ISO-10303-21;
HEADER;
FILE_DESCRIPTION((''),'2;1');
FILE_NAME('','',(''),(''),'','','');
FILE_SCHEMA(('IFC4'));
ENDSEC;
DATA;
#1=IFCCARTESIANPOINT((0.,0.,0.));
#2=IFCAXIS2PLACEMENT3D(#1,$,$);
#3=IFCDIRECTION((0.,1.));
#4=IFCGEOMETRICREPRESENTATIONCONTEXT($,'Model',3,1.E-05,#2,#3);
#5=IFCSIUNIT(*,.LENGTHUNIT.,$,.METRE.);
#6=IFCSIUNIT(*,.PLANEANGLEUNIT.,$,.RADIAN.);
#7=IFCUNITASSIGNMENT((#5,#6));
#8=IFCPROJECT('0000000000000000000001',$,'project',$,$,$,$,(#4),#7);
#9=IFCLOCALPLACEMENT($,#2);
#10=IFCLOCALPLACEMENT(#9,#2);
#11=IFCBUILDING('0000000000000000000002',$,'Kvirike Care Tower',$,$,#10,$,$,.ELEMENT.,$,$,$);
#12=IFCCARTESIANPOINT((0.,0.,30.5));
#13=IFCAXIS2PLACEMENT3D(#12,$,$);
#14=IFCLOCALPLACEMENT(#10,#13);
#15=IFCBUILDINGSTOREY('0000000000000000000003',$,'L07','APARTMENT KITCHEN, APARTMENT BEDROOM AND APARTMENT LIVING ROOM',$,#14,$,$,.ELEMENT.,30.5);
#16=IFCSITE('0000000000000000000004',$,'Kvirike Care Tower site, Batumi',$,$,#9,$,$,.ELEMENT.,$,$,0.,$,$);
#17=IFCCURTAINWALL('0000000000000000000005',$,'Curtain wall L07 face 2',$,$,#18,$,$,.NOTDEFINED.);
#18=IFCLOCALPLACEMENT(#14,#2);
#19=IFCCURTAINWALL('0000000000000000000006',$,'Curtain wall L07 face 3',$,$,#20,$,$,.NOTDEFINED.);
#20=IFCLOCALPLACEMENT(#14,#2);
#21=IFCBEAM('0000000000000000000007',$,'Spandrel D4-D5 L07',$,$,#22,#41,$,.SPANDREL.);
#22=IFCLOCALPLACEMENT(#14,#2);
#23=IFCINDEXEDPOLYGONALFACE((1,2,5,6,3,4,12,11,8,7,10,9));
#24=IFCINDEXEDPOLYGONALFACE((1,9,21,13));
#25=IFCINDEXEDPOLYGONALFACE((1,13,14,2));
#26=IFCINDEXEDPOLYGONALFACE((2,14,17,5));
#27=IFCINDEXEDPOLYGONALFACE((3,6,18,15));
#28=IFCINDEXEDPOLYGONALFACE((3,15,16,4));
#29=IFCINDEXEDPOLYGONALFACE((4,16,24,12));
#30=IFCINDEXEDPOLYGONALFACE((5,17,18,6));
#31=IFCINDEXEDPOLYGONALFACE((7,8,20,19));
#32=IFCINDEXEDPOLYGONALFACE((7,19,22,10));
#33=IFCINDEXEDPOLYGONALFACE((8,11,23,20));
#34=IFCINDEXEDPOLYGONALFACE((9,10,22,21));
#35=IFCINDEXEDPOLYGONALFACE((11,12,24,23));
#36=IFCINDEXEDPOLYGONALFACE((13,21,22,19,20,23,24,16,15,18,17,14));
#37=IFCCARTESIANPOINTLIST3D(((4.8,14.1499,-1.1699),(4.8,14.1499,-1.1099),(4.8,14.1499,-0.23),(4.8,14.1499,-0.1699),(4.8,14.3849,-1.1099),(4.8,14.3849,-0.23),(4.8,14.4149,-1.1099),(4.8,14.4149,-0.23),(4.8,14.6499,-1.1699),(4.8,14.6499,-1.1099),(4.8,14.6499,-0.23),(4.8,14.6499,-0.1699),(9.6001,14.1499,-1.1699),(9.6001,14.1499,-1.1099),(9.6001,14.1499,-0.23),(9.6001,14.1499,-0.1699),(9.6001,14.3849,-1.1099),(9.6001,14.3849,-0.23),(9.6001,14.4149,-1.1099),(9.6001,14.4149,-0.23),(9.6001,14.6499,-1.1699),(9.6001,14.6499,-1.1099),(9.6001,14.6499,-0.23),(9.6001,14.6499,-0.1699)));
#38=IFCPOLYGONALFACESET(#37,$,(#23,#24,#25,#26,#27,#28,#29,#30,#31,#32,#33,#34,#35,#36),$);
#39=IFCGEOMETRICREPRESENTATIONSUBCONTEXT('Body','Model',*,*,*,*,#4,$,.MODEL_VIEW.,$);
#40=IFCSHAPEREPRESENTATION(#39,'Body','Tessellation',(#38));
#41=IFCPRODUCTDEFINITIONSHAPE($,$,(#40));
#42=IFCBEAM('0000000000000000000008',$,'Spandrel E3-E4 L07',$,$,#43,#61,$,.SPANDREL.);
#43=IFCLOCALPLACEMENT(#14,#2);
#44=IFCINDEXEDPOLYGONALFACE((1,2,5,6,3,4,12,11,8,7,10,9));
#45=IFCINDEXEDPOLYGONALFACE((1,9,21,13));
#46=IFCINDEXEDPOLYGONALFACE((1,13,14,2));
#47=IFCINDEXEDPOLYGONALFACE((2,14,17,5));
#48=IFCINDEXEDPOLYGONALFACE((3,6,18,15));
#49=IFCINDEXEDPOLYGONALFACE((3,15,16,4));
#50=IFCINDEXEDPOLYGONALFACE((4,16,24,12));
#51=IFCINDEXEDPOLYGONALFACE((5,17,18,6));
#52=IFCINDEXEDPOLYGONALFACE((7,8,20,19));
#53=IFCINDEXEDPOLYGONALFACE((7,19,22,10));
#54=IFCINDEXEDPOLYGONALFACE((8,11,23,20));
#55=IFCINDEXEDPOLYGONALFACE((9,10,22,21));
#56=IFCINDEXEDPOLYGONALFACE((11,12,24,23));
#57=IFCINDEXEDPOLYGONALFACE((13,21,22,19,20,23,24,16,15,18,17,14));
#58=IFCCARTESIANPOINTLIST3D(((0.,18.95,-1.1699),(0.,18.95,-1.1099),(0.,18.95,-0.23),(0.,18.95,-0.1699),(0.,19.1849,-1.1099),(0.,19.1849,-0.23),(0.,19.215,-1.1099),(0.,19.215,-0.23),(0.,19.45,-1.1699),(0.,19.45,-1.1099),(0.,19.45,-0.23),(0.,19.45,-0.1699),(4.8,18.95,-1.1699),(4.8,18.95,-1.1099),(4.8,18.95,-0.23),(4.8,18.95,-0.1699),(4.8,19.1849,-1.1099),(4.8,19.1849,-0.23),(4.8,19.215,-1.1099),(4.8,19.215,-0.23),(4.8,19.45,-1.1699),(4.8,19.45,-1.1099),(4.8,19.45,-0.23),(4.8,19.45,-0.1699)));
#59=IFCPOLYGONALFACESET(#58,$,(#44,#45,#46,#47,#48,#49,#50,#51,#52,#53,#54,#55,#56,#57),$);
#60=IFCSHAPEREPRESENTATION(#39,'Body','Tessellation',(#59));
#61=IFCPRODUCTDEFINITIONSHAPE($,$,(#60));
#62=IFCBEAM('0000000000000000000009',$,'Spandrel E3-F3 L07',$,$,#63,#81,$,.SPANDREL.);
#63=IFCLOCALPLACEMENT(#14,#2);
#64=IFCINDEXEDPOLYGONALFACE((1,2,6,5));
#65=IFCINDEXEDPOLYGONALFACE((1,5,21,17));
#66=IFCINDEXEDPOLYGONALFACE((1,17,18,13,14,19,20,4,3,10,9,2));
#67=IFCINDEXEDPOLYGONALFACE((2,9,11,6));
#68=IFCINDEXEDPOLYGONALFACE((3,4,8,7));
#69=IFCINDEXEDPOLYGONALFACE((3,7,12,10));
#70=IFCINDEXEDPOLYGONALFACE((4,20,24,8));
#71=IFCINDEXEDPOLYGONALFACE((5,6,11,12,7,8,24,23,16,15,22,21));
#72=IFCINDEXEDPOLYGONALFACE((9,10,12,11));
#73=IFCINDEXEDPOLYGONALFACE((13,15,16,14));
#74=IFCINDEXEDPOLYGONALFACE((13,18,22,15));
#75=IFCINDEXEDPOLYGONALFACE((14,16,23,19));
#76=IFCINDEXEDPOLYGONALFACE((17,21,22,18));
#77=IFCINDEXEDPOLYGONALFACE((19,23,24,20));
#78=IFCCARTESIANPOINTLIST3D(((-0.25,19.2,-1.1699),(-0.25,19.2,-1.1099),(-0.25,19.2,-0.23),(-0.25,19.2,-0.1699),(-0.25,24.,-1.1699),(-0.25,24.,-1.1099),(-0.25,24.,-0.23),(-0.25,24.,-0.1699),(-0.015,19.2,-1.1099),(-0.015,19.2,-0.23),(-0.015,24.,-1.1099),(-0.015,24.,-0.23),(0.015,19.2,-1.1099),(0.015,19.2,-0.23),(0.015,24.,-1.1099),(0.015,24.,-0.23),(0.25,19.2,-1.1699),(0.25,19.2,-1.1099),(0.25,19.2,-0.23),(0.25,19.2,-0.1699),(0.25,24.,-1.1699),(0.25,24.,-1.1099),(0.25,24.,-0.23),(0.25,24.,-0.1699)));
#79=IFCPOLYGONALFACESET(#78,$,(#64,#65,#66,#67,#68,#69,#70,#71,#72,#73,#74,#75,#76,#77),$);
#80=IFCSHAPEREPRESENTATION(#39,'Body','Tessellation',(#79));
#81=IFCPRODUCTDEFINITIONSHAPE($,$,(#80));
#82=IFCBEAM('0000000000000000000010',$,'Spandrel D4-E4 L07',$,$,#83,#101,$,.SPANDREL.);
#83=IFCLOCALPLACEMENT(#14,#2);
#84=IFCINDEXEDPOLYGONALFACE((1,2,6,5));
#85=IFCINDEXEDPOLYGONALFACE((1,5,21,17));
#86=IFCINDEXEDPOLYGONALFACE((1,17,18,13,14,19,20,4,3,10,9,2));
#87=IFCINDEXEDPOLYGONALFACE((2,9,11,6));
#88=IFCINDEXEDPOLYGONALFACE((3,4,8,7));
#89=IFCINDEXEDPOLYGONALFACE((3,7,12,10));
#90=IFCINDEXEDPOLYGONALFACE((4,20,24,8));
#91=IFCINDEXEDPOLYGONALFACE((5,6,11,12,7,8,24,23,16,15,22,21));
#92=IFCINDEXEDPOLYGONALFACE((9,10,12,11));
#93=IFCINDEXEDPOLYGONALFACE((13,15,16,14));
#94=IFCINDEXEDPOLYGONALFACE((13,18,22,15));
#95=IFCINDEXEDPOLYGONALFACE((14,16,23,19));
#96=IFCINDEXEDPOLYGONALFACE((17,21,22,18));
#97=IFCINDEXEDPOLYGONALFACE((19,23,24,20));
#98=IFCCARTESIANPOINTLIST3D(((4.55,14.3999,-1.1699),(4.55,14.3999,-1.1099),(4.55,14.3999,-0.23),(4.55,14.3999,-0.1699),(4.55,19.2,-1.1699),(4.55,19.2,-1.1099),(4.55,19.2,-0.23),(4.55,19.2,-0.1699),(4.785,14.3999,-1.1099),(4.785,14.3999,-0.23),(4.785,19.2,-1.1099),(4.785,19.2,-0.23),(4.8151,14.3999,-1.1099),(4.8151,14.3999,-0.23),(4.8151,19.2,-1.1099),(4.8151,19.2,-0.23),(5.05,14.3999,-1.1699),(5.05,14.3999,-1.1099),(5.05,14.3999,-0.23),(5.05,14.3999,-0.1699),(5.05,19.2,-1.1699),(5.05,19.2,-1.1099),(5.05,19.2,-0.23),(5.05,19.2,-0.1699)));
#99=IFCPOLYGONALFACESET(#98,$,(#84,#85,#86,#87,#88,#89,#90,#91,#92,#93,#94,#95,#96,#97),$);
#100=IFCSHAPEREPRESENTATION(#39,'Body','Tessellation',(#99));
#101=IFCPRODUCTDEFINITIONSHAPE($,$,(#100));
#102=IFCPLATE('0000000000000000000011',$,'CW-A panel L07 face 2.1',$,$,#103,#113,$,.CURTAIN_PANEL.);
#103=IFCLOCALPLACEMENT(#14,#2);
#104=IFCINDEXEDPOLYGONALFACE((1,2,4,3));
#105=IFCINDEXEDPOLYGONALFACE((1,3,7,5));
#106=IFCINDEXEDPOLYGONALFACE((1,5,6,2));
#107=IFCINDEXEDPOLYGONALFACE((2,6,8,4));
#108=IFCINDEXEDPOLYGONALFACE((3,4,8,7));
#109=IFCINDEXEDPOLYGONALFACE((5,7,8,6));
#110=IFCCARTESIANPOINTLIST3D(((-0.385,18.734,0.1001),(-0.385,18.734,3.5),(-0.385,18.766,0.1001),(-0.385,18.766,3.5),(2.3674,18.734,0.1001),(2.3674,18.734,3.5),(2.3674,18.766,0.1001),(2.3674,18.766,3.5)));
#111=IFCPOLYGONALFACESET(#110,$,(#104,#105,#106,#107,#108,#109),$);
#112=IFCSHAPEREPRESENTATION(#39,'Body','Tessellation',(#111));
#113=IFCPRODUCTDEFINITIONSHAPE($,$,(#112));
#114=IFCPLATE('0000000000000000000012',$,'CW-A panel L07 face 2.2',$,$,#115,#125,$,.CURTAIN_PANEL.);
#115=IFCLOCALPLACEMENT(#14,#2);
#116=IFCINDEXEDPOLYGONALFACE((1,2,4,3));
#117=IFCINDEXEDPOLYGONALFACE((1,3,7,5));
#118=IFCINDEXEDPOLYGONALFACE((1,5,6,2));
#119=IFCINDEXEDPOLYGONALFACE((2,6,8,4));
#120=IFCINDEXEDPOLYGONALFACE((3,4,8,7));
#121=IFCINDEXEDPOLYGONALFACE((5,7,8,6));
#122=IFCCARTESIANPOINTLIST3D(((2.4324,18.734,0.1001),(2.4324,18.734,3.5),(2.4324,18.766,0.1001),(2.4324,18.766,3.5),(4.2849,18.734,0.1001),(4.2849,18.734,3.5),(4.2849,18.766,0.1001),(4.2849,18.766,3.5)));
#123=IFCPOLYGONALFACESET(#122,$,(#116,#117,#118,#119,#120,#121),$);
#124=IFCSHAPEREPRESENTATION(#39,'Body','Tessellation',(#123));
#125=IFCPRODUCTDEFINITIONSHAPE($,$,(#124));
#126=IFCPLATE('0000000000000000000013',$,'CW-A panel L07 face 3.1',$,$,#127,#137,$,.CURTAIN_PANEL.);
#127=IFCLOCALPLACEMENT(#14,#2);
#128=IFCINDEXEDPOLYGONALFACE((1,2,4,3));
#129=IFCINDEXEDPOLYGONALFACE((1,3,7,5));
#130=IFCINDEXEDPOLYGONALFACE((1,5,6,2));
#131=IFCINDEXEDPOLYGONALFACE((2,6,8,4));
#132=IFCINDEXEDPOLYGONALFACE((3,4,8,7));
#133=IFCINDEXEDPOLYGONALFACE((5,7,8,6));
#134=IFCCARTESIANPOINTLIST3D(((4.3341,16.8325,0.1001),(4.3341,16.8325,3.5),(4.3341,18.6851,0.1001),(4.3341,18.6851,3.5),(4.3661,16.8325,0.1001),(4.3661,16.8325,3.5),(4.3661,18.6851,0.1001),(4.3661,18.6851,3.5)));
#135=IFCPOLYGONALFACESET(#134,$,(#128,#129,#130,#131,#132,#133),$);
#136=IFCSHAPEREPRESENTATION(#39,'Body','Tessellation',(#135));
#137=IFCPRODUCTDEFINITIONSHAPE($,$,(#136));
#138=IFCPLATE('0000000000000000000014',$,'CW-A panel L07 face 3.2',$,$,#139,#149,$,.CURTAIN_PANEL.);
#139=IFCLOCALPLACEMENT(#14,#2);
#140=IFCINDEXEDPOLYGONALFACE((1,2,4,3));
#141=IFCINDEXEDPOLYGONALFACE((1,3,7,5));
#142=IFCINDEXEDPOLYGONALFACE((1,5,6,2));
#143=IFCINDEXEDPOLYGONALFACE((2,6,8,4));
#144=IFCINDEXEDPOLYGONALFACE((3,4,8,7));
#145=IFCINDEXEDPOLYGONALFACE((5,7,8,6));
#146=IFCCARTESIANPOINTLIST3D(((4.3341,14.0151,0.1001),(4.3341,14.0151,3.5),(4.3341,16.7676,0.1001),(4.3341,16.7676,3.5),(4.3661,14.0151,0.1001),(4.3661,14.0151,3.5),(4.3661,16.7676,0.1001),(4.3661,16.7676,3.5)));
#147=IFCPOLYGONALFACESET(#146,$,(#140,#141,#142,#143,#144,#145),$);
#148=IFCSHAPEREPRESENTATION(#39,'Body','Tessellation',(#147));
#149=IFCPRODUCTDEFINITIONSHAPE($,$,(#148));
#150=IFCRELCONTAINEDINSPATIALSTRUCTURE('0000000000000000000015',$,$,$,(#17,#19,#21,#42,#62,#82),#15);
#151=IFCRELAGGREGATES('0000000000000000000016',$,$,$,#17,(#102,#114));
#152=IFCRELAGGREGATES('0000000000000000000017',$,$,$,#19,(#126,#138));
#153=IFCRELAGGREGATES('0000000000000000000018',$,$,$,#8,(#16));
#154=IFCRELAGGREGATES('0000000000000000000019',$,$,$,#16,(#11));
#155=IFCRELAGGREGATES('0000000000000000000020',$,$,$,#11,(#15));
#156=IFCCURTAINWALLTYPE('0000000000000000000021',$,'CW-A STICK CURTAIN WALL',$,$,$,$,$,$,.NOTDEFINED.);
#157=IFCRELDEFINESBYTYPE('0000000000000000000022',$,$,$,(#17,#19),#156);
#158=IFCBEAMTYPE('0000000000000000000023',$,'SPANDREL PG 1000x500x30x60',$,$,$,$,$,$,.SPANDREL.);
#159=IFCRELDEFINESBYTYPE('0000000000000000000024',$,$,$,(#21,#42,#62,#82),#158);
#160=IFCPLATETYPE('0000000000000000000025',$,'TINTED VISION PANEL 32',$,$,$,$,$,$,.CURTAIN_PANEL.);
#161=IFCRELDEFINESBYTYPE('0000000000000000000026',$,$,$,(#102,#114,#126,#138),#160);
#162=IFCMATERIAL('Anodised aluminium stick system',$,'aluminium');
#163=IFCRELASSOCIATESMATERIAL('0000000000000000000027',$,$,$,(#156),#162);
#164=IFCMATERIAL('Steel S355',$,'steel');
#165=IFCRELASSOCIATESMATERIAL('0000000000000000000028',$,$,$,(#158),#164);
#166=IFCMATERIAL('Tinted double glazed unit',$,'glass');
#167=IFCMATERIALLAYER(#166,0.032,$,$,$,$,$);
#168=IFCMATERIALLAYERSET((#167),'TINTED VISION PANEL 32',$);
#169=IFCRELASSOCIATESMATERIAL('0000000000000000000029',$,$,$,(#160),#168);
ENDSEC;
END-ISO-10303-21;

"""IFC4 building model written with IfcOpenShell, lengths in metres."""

from ifc_helpers import new_model, si_unit, direction, frame, origin, origin_2d, place, context, subcontext, project, spatial, rectangle, i_section, extrude, material, layer, layer_set, material_profile, profile_set, type_object, element, aggregate, save


model = new_model("IFC4")

# Units and contexts
model_context = context("Model", 3, precision=1e-05, world=origin(), true_north=direction((0.0, 1.0)))
body_context = subcontext(model_context, "Body", "Model", "MODEL_VIEW")
ifc_project = project(units=[si_unit("LENGTHUNIT", "METRE"), si_unit("PLANEANGLEUNIT", "RADIAN")], contexts=[model_context])

# Site, building, storey
site_placement = place(None, origin())
site = spatial("IfcSite", under=ifc_project, at=site_placement, Name="Kvirike Care Tower site, Batumi", CompositionType="ELEMENT", RefElevation=0.0)
building_placement = place(site_placement, origin())
building = spatial("IfcBuilding", under=site, at=building_placement, Name="Kvirike Care Tower", CompositionType="ELEMENT")
storey_placement = place(building_placement, frame((0.0, 0.0, 30.5)))
storey = spatial("IfcBuildingStorey", under=building, at=storey_placement, Name="L07", Description="APARTMENT KITCHEN, APARTMENT BEDROOM AND APARTMENT LIVING ROOM", CompositionType="ELEMENT", Elevation=30.5)

# Shared definitions
ifc_material_1 = material(Name="Anodised aluminium stick system", Category="aluminium")
curtain_wall_type = type_object("IfcCurtainWallType", Name="CW-A STICK CURTAIN WALL", PredefinedType="NOTDEFINED", material=ifc_material_1)

# Curtain walls
curtain_wall_1_placement = place(storey_placement, origin())
curtain_wall_1 = element("IfcCurtainWall", 1, at=curtain_wall_1_placement, inside=storey, type_object=curtain_wall_type, Name="Curtain wall L07 face 2", PredefinedType="NOTDEFINED")
curtain_wall_2_placement = place(storey_placement, origin())
curtain_wall_2 = element("IfcCurtainWall", 2, at=curtain_wall_2_placement, inside=storey, type_object=curtain_wall_type, Name="Curtain wall L07 face 3", PredefinedType="NOTDEFINED")

# Beams
ifc_material_2 = material(Name="Steel S355", Category="steel")
ifc_material_profile_1 = material_profile(ifc_material_2, i_section(OverallWidth=0.5, OverallDepth=1.0, WebThickness=0.03, FlangeThickness=0.0601, at=origin_2d()), Name="PG 1000x500x30x60")
ifc_profile_set_1 = profile_set([ifc_material_profile_1], Name="Steel S355")
beam_type = type_object("IfcBeamType", Name="SPANDREL PG 1000x500x30x60", PredefinedType="SPANDREL", material=ifc_profile_set_1)
for number, where, z_axis, x_axis, name in (
    (3, (4.8, 14.3999, -0.6699), (1.0, 0.0, 0.0), (0.0, 1.0, 0.0), "Spandrel D4-D5 L07"),
    (4, (0.0, 19.2, -0.6699), (1.0, 0.0, 0.0), (0.0, 1.0, 0.0), "Spandrel E3-E4 L07"),
    (5, (0.0, 19.2, -0.6699), (0.0, 1.0, 0.0), (-1.0, 0.0, 0.0), "Spandrel E3-F3 L07"),
    (6, (4.8, 14.3999, -0.6699), (0.0, 1.0, 0.0), (-1.0, 0.0, 0.0), "Spandrel D4-E4 L07"),
):
    element("IfcBeam", number, at=place(storey_placement, frame(where, z_axis=z_axis, x_axis=x_axis)), inside=storey, type_object=beam_type, Name=name, PredefinedType="SPANDREL", context=body_context, shape_type="SweptSolid", body=[
        extrude(i_section(OverallWidth=0.5, OverallDepth=1.0, WebThickness=0.03, FlangeThickness=0.0601, at=origin_2d()), origin(), (0.0, 0.0, 1.0), 4.8),
    ])

# Plates
ifc_material_3 = material(Name="Tinted double glazed unit", Category="glass")
ifc_layer = layer(ifc_material_3, 0.032)
ifc_layer_set = layer_set([ifc_layer], Name="TINTED VISION PANEL 32")
plate_type = type_object("IfcPlateType", Name="TINTED VISION PANEL 32", PredefinedType="CURTAIN_PANEL", material=ifc_layer_set)
plate_1_placement = place(storey_placement, frame((0.9912, 18.75, 0.1001), z_axis=(0.0, 0.0, 1.0), x_axis=(1.0, 0.0, 0.0)))
plate_1 = element("IfcPlate", 7, at=plate_1_placement, type_object=plate_type, Name="CW-A panel L07 face 2.1", PredefinedType="CURTAIN_PANEL", context=body_context, shape_type="SweptSolid", body=[
    extrude(rectangle(XDim=2.7524, YDim=0.032, at=origin_2d()), origin(), (0.0, 0.0, 1.0), 3.3999),
])
plate_2_placement = place(storey_placement, frame((3.3586, 18.75, 0.1001), z_axis=(0.0, 0.0, 1.0), x_axis=(1.0, 0.0, 0.0)))
plate_2 = element("IfcPlate", 8, at=plate_2_placement, type_object=plate_type, Name="CW-A panel L07 face 2.2", PredefinedType="CURTAIN_PANEL", context=body_context, shape_type="SweptSolid", body=[
    extrude(rectangle(XDim=1.8525, YDim=0.032, at=origin_2d()), origin(), (0.0, 0.0, 1.0), 3.3999),
])
aggregate(curtain_wall_1, [plate_1, plate_2])
plate_3_placement = place(storey_placement, frame((4.3501, 17.7588, 0.1001), z_axis=(0.0, 0.0, 1.0), x_axis=(0.0, -1.0, 0.0)))
plate_3 = element("IfcPlate", 9, at=plate_3_placement, type_object=plate_type, Name="CW-A panel L07 face 3.1", PredefinedType="CURTAIN_PANEL", context=body_context, shape_type="SweptSolid", body=[
    extrude(rectangle(XDim=1.8525, YDim=0.032, at=origin_2d()), origin(), (0.0, 0.0, 1.0), 3.3999),
])
plate_4_placement = place(storey_placement, frame((4.3501, 15.3914, 0.1001), z_axis=(0.0, 0.0, 1.0), x_axis=(0.0, -1.0, 0.0)))
plate_4 = element("IfcPlate", 10, at=plate_4_placement, type_object=plate_type, Name="CW-A panel L07 face 3.2", PredefinedType="CURTAIN_PANEL", context=body_context, shape_type="SweptSolid", body=[
    extrude(rectangle(XDim=2.7524, YDim=0.032, at=origin_2d()), origin(), (0.0, 0.0, 1.0), 3.3999),
])
aggregate(curtain_wall_2, [plate_3, plate_4])

save(model, "model.ifc")
